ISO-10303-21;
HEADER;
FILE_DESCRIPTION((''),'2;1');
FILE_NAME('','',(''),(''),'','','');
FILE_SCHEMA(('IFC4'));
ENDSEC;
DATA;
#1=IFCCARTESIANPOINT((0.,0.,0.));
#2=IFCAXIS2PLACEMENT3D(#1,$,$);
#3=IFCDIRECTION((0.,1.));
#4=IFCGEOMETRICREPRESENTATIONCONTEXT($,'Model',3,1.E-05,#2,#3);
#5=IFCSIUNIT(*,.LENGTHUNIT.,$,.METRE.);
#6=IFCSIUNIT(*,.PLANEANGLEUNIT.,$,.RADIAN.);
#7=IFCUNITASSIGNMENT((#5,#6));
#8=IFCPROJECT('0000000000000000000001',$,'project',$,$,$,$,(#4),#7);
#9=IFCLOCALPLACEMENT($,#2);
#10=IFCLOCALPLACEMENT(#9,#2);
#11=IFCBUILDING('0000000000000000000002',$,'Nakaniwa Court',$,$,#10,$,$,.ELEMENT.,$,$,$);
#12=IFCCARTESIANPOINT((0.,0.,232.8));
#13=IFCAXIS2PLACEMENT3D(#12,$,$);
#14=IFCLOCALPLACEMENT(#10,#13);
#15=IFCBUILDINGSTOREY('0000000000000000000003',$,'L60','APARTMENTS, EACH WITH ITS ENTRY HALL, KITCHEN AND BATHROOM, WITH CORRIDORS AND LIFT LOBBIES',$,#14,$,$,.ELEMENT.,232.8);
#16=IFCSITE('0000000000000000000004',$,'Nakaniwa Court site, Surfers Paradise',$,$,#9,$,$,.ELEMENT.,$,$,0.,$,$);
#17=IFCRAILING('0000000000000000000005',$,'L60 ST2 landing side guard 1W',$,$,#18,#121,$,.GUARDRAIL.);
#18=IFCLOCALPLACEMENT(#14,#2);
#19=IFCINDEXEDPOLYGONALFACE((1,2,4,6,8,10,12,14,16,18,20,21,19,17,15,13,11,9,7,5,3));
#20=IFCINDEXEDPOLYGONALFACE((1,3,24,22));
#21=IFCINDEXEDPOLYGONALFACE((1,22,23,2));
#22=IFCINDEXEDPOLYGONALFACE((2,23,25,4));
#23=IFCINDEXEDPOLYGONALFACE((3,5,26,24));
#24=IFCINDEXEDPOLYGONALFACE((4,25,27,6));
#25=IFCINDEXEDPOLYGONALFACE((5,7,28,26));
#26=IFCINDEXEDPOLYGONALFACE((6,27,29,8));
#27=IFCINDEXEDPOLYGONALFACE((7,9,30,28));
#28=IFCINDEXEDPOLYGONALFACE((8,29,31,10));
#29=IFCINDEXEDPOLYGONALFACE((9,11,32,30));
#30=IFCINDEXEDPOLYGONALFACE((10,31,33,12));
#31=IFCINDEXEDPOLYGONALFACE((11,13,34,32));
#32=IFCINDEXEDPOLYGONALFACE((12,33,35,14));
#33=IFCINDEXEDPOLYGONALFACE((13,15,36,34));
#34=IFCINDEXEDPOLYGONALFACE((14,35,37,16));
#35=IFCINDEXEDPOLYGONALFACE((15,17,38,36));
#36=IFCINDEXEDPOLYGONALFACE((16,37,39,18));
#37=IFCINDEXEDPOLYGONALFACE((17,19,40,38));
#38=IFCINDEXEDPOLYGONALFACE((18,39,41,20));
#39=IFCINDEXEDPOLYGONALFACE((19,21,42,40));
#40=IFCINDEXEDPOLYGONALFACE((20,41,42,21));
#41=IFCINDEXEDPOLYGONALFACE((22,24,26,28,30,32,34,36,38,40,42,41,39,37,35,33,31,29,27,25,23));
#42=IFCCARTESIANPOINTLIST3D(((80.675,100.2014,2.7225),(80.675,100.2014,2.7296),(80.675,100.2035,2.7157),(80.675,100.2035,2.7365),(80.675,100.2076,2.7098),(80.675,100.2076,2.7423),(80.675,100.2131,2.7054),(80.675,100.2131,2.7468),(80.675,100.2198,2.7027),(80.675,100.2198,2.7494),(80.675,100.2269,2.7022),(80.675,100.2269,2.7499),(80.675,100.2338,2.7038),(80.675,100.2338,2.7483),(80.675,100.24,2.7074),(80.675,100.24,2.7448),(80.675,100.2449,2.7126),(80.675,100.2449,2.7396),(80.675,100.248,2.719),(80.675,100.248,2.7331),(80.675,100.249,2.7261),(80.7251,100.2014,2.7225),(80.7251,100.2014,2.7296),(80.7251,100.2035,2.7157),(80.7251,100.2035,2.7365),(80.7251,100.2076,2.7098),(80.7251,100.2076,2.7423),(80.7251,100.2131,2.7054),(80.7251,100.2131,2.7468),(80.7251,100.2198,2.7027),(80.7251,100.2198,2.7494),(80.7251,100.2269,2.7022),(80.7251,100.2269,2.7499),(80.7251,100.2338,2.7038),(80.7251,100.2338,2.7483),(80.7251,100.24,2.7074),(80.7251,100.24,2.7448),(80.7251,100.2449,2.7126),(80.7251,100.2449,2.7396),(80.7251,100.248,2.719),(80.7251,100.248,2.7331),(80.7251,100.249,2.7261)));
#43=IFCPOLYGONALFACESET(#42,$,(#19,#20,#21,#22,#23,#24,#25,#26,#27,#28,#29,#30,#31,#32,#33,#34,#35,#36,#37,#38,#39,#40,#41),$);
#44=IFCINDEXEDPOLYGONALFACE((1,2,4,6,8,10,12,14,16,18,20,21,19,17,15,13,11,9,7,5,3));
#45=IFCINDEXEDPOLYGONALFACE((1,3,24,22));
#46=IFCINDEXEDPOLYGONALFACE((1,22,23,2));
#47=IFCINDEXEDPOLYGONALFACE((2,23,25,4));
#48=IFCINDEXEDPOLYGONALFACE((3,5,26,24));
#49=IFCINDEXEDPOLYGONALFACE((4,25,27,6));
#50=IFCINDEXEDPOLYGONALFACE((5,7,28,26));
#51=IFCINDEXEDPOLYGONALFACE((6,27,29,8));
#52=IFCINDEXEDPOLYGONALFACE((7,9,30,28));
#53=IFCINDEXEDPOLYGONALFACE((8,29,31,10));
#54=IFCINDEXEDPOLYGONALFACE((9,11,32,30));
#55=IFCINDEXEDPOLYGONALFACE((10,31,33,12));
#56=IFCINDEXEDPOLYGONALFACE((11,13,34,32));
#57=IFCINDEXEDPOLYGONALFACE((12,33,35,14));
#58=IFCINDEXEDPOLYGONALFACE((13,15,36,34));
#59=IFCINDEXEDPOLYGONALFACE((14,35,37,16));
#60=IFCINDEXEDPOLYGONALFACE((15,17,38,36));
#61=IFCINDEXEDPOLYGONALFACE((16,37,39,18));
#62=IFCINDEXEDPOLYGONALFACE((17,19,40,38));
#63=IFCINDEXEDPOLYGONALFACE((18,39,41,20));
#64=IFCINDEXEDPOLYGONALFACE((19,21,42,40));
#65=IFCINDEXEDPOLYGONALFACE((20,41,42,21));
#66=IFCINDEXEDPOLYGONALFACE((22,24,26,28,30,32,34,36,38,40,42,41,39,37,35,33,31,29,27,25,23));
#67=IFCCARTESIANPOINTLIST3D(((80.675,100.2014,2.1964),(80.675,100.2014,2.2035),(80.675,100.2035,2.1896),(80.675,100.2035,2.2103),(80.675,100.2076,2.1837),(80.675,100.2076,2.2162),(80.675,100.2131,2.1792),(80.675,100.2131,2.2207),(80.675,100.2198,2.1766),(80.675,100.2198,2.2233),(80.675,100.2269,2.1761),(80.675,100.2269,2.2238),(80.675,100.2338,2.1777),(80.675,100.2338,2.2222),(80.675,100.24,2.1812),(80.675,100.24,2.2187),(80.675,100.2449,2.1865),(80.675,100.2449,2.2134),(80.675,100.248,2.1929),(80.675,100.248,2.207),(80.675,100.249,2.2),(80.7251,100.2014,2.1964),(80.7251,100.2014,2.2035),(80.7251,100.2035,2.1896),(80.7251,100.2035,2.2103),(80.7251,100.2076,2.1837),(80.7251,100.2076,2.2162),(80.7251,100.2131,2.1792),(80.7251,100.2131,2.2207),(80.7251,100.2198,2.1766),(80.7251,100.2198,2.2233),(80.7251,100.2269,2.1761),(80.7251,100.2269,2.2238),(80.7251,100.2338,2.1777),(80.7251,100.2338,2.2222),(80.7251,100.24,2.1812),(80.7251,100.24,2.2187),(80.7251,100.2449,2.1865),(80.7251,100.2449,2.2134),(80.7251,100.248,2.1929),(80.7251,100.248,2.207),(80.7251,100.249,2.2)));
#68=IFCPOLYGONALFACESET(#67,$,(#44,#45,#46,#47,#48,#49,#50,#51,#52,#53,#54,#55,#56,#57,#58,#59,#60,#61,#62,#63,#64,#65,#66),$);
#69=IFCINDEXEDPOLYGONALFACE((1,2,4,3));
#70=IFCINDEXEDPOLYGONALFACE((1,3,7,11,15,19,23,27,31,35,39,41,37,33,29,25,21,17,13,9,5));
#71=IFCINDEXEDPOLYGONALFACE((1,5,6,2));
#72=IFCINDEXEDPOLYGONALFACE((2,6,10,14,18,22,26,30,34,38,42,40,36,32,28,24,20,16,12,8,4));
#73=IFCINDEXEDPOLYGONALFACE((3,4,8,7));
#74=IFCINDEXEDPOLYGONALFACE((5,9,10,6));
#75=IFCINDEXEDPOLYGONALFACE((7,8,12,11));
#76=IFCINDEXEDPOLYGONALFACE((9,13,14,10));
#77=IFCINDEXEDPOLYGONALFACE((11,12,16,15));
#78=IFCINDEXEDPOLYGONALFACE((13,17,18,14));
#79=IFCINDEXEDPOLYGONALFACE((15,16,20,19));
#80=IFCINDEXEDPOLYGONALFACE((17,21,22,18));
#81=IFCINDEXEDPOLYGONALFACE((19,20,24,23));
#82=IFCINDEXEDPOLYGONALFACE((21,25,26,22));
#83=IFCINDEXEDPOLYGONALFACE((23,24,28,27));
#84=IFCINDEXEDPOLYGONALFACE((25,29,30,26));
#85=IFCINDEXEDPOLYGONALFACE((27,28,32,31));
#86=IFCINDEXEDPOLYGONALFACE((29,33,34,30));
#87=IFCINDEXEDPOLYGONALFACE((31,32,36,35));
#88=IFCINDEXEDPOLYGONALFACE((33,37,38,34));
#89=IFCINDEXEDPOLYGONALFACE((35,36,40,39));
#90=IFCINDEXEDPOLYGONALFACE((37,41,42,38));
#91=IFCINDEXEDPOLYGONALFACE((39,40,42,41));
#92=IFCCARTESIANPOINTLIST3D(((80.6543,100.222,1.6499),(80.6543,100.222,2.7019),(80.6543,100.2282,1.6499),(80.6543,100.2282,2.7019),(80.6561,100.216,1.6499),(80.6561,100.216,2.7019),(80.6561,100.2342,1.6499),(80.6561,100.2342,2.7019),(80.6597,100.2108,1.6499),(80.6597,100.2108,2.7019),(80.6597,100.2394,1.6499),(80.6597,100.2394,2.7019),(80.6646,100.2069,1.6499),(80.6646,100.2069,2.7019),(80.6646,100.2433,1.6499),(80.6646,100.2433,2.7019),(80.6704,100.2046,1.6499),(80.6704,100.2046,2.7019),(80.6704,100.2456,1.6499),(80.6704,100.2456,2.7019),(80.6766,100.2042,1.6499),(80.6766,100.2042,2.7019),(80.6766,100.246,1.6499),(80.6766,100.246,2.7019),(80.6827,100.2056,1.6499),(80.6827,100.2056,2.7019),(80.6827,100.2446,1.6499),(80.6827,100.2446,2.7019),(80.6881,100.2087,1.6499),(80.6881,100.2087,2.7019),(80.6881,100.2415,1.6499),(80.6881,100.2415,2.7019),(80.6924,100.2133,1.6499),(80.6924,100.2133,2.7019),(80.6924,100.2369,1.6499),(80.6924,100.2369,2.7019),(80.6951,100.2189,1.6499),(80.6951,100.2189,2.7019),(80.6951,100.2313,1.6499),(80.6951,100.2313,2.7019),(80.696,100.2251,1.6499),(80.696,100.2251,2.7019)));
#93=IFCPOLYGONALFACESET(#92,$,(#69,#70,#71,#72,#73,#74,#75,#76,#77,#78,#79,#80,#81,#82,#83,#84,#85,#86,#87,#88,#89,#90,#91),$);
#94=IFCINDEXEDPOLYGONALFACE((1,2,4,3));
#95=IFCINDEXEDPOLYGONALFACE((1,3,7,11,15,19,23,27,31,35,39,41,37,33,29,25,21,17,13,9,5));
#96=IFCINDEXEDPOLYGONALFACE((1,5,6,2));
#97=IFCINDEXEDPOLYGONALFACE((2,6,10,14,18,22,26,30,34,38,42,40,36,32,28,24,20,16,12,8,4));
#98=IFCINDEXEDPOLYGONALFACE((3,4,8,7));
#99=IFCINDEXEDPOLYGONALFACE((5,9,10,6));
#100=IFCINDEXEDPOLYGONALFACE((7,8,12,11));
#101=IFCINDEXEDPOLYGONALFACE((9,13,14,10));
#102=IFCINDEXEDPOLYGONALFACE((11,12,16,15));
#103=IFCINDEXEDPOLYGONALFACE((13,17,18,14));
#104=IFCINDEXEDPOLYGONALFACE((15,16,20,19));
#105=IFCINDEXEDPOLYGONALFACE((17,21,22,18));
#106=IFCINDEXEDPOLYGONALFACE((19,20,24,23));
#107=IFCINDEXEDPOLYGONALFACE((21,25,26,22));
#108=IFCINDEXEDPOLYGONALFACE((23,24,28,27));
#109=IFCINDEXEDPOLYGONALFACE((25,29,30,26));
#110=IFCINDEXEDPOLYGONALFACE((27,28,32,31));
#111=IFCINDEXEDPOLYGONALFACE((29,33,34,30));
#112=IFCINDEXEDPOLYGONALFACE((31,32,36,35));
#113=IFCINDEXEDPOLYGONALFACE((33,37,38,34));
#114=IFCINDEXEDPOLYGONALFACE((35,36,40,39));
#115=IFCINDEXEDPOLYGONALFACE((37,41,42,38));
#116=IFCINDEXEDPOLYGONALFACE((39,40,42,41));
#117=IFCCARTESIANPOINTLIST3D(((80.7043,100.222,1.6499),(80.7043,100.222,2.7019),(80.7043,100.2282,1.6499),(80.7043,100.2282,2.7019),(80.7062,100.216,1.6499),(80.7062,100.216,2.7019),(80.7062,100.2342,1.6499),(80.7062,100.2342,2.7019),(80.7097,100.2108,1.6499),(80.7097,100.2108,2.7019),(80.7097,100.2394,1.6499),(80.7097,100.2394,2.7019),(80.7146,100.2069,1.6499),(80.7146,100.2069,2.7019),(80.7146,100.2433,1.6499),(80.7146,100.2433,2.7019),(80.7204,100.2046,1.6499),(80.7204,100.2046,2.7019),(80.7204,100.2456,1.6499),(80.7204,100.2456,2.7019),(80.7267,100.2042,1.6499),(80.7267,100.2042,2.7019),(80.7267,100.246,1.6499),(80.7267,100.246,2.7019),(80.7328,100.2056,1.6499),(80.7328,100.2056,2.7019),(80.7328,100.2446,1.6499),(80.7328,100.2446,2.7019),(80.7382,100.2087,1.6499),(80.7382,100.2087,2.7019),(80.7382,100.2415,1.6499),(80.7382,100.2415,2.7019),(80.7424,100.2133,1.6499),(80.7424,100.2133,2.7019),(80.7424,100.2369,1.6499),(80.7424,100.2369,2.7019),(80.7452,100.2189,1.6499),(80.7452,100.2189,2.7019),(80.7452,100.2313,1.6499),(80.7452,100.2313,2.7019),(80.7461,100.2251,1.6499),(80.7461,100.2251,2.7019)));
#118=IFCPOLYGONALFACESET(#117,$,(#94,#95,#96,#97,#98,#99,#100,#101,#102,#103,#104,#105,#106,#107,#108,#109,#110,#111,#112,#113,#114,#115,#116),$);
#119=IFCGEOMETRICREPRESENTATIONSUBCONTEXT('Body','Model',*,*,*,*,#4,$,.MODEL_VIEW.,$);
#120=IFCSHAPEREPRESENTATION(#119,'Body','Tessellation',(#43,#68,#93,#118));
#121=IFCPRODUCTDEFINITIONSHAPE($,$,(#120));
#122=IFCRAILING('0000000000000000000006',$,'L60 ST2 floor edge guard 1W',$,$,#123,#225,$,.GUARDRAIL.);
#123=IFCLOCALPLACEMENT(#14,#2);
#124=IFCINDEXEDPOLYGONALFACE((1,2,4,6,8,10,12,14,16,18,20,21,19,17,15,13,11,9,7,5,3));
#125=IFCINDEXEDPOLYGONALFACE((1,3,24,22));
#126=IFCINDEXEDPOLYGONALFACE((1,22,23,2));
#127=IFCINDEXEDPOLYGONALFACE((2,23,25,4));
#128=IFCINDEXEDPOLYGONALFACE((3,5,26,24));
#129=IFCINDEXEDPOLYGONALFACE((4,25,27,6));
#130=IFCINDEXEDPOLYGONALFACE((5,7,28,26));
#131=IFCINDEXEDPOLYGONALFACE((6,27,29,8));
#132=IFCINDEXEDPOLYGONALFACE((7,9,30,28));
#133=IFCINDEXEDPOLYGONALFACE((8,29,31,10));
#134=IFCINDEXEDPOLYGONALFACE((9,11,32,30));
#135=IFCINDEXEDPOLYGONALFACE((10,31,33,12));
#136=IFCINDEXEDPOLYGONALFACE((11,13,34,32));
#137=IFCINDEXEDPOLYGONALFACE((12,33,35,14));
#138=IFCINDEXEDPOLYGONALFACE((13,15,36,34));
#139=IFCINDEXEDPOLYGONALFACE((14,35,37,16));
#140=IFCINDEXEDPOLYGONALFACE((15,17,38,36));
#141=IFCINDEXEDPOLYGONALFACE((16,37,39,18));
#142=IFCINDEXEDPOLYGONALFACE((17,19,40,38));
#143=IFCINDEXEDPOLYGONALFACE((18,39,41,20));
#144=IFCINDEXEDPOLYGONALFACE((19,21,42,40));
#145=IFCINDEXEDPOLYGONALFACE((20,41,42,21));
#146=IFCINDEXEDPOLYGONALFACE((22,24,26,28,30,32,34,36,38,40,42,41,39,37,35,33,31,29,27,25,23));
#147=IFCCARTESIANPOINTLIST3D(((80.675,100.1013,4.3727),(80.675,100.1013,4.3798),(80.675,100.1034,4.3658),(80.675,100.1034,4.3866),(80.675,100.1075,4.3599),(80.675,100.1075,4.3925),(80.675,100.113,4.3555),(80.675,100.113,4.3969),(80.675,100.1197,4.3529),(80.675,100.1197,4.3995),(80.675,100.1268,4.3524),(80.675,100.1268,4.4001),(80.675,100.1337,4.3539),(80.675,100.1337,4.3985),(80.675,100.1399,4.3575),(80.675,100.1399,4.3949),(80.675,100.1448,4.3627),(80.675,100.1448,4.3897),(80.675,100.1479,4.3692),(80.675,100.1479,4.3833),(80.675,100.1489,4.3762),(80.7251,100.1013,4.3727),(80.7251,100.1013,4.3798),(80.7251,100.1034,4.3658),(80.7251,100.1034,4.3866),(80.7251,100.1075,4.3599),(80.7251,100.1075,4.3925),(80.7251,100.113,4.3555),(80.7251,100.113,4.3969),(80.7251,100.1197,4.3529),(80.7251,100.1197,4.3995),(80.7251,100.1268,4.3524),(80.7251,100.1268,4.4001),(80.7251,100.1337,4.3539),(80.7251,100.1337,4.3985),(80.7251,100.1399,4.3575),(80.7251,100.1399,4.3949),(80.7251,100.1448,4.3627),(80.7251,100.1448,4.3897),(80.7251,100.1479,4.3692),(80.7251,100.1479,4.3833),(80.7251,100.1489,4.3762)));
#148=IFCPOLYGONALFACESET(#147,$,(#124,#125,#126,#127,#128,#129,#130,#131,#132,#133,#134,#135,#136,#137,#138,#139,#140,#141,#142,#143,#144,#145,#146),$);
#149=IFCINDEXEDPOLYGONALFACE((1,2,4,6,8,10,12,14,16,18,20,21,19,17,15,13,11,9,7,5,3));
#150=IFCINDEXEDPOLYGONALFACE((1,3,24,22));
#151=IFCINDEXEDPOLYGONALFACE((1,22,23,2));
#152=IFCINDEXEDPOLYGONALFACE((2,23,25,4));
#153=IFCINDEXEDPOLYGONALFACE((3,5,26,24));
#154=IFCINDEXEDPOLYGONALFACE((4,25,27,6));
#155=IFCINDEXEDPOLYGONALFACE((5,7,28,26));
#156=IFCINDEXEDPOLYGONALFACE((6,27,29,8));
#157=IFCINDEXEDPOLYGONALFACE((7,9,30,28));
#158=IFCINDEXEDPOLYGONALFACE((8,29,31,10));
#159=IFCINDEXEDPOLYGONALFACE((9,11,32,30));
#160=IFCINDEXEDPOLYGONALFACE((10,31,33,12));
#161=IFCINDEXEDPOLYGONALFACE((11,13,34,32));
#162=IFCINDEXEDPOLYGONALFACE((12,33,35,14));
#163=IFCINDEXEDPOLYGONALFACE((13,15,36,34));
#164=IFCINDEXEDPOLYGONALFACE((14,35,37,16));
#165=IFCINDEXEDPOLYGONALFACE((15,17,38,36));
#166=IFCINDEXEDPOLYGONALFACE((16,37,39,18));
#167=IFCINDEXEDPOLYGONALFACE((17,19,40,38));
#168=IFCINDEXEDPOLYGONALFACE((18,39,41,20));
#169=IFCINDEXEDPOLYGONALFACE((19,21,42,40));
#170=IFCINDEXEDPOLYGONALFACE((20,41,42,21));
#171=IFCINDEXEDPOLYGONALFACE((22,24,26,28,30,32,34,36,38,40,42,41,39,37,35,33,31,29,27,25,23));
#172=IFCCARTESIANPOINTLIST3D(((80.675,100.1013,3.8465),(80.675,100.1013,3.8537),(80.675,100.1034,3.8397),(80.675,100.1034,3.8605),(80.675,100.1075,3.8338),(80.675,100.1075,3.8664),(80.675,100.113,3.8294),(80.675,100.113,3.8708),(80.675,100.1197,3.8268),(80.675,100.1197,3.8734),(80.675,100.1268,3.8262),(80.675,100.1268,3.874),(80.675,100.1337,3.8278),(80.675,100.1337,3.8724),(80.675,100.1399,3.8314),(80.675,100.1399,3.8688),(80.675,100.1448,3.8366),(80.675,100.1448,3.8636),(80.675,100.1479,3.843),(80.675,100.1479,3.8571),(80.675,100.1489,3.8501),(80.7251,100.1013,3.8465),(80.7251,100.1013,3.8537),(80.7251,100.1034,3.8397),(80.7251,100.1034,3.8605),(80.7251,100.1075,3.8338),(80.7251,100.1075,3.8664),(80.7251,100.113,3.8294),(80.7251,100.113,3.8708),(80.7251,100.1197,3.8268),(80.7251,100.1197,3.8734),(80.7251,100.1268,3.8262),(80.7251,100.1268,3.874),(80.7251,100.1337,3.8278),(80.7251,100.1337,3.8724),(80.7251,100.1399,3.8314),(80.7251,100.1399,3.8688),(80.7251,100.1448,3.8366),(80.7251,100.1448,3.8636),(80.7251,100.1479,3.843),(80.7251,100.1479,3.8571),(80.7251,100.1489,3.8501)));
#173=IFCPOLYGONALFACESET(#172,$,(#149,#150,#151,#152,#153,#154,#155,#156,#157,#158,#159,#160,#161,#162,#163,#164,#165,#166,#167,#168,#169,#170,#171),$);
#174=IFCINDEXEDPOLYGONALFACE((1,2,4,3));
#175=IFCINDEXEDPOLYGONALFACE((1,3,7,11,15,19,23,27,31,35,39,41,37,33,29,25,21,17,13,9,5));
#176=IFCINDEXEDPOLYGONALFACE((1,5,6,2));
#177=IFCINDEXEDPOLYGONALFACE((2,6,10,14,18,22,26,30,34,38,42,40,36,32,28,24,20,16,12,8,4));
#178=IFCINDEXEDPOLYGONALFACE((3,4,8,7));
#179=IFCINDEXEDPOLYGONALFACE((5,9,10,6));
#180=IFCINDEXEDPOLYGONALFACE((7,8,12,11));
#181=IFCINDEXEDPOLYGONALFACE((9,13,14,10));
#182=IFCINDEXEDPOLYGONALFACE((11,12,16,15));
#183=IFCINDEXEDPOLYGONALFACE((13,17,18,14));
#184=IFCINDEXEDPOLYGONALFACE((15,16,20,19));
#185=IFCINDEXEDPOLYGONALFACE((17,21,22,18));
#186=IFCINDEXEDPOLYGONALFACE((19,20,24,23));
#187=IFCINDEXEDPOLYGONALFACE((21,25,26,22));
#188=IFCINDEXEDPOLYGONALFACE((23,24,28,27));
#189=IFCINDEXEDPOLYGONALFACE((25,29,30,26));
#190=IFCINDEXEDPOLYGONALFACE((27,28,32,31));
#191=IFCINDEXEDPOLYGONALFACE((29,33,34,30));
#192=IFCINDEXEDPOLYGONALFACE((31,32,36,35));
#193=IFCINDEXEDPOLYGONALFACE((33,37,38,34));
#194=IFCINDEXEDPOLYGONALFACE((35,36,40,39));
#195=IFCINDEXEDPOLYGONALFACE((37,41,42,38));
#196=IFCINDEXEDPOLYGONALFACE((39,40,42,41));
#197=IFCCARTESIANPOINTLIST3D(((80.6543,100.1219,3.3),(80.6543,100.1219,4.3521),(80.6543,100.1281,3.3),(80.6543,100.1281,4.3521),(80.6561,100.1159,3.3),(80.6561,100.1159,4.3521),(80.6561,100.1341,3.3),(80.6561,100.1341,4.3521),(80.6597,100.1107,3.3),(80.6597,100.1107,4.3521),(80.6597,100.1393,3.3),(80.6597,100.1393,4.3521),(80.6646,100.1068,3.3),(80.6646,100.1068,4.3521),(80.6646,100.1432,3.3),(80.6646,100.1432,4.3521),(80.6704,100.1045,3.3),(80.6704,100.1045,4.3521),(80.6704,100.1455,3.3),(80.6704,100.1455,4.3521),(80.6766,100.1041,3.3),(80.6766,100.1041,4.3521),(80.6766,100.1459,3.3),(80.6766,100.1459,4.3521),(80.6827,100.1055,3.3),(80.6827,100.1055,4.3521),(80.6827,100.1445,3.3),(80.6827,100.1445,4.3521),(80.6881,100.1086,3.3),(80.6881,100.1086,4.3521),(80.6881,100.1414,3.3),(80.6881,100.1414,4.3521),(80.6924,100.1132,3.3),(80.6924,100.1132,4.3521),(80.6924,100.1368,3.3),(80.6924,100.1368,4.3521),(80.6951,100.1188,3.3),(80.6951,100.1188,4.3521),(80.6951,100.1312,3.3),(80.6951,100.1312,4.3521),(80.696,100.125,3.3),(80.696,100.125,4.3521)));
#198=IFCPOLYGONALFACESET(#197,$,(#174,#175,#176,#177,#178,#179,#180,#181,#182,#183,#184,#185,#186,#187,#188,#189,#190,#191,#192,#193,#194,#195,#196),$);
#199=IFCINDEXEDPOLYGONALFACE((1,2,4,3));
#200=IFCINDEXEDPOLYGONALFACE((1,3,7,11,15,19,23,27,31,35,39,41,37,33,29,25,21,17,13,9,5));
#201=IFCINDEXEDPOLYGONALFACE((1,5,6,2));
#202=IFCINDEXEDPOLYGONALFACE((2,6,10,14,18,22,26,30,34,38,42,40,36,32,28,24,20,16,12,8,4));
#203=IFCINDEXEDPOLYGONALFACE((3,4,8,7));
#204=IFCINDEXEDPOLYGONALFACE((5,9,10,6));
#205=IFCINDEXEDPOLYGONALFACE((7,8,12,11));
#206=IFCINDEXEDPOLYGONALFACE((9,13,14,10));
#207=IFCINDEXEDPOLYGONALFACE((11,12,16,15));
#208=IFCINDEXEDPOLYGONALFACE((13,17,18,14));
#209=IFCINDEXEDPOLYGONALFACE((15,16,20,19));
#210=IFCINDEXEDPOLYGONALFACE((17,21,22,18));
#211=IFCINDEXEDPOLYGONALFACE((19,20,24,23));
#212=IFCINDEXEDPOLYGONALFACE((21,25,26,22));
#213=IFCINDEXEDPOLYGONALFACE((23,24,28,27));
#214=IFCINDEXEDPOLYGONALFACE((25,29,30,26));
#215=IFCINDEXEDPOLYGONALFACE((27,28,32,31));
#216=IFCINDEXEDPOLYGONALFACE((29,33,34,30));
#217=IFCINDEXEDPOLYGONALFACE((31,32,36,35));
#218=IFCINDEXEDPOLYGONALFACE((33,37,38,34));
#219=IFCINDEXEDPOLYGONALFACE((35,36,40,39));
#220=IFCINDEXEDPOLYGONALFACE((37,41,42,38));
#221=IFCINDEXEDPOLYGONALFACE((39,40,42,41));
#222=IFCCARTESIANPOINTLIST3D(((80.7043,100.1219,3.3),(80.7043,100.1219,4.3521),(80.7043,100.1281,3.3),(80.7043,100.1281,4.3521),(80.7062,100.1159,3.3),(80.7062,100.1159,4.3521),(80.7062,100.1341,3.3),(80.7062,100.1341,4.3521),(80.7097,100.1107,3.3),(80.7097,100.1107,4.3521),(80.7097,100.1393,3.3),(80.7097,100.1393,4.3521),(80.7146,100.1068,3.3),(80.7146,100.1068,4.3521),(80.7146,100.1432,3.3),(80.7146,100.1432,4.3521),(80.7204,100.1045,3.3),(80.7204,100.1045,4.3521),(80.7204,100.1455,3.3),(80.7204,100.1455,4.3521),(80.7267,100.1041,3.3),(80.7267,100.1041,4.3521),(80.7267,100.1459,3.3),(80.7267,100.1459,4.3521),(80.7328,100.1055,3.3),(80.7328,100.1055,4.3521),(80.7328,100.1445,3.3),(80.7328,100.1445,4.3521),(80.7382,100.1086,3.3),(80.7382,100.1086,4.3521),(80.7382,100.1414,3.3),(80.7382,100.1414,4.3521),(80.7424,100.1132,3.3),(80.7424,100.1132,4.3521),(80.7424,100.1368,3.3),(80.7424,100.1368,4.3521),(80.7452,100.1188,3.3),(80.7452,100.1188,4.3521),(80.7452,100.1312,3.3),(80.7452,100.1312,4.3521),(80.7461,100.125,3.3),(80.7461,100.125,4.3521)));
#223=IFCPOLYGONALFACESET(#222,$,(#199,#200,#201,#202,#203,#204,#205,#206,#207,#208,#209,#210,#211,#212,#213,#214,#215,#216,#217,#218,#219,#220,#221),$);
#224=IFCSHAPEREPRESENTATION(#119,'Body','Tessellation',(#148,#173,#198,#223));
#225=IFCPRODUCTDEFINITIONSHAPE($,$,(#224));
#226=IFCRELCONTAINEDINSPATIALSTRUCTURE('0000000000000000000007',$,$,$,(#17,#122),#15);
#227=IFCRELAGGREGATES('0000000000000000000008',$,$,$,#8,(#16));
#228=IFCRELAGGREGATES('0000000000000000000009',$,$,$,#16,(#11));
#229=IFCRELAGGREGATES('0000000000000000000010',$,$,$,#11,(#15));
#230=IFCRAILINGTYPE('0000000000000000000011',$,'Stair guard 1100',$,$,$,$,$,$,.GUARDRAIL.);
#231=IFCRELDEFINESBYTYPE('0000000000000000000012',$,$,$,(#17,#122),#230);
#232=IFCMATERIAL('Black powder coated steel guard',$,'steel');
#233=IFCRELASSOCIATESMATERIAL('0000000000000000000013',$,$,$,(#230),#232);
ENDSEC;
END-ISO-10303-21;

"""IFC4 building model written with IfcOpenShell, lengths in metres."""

from ifc_helpers import new_model, si_unit, direction, frame, origin, origin_2d, place, context, subcontext, project, spatial, circle, extrude, material, type_object, element, save


model = new_model("IFC4")

# Units and contexts
model_context = context("Model", 3, precision=1e-05, world=origin(), true_north=direction((0.0, 1.0)))
body_context = subcontext(model_context, "Body", "Model", "MODEL_VIEW")
ifc_project = project(units=[si_unit("LENGTHUNIT", "METRE"), si_unit("PLANEANGLEUNIT", "RADIAN")], contexts=[model_context])

# Site, building, storey
site_placement = place(None, origin())
site = spatial("IfcSite", under=ifc_project, at=site_placement, Name="Nakaniwa Court site, Surfers Paradise", CompositionType="ELEMENT", RefElevation=0.0)
building_placement = place(site_placement, origin())
building = spatial("IfcBuilding", under=site, at=building_placement, Name="Nakaniwa Court", CompositionType="ELEMENT")
storey_placement = place(building_placement, frame((0.0, 0.0, 232.8)))
storey = spatial("IfcBuildingStorey", under=building, at=storey_placement, Name="L60", Description="APARTMENTS, EACH WITH ITS ENTRY HALL, KITCHEN AND BATHROOM, WITH CORRIDORS AND LIFT LOBBIES", CompositionType="ELEMENT", Elevation=232.8)

# Railings
ifc_material_1 = material(Name="Black powder coated steel guard", Category="steel")
railing_type_1 = type_object("IfcRailingType", Name="Stair guard 1100", PredefinedType="GUARDRAIL", material=ifc_material_1)
for number, where, name in (
    (1, (80.675, 100.2251, 1.6499), "L60 ST2 landing side guard 1W"),
    (2, (80.675, 100.125, 3.3), "L60 ST2 floor edge guard 1W"),
):
    element("IfcRailing", number, at=place(storey_placement, frame(where)), inside=storey, type_object=railing_type_1, Name=name, PredefinedType="GUARDRAIL", context=body_context, shape_type="SweptSolid", body=[
        extrude(circle(Radius=0.0239, at=origin_2d()), frame((0.0, 0.0, 1.0762), z_axis=(1.0, 0.0, 0.0), x_axis=(0.0, 1.0, 0.0)), (0.0, 0.0, 1.0), 0.05),
        extrude(circle(Radius=0.0239, at=origin_2d()), frame((0.0, 0.0, 0.55), z_axis=(1.0, 0.0, 0.0), x_axis=(0.0, 1.0, 0.0)), (0.0, 0.0, 1.0), 0.05),
        extrude(circle(Radius=0.021, at=origin_2d()), origin(), (0.0, 0.0, 1.0), 1.052),
        extrude(circle(Radius=0.021, at=origin_2d()), frame((0.05, 0.0, 0.0)), (0.0, 0.0, 1.0), 1.052),
    ])

save(model, "model.ifc")
